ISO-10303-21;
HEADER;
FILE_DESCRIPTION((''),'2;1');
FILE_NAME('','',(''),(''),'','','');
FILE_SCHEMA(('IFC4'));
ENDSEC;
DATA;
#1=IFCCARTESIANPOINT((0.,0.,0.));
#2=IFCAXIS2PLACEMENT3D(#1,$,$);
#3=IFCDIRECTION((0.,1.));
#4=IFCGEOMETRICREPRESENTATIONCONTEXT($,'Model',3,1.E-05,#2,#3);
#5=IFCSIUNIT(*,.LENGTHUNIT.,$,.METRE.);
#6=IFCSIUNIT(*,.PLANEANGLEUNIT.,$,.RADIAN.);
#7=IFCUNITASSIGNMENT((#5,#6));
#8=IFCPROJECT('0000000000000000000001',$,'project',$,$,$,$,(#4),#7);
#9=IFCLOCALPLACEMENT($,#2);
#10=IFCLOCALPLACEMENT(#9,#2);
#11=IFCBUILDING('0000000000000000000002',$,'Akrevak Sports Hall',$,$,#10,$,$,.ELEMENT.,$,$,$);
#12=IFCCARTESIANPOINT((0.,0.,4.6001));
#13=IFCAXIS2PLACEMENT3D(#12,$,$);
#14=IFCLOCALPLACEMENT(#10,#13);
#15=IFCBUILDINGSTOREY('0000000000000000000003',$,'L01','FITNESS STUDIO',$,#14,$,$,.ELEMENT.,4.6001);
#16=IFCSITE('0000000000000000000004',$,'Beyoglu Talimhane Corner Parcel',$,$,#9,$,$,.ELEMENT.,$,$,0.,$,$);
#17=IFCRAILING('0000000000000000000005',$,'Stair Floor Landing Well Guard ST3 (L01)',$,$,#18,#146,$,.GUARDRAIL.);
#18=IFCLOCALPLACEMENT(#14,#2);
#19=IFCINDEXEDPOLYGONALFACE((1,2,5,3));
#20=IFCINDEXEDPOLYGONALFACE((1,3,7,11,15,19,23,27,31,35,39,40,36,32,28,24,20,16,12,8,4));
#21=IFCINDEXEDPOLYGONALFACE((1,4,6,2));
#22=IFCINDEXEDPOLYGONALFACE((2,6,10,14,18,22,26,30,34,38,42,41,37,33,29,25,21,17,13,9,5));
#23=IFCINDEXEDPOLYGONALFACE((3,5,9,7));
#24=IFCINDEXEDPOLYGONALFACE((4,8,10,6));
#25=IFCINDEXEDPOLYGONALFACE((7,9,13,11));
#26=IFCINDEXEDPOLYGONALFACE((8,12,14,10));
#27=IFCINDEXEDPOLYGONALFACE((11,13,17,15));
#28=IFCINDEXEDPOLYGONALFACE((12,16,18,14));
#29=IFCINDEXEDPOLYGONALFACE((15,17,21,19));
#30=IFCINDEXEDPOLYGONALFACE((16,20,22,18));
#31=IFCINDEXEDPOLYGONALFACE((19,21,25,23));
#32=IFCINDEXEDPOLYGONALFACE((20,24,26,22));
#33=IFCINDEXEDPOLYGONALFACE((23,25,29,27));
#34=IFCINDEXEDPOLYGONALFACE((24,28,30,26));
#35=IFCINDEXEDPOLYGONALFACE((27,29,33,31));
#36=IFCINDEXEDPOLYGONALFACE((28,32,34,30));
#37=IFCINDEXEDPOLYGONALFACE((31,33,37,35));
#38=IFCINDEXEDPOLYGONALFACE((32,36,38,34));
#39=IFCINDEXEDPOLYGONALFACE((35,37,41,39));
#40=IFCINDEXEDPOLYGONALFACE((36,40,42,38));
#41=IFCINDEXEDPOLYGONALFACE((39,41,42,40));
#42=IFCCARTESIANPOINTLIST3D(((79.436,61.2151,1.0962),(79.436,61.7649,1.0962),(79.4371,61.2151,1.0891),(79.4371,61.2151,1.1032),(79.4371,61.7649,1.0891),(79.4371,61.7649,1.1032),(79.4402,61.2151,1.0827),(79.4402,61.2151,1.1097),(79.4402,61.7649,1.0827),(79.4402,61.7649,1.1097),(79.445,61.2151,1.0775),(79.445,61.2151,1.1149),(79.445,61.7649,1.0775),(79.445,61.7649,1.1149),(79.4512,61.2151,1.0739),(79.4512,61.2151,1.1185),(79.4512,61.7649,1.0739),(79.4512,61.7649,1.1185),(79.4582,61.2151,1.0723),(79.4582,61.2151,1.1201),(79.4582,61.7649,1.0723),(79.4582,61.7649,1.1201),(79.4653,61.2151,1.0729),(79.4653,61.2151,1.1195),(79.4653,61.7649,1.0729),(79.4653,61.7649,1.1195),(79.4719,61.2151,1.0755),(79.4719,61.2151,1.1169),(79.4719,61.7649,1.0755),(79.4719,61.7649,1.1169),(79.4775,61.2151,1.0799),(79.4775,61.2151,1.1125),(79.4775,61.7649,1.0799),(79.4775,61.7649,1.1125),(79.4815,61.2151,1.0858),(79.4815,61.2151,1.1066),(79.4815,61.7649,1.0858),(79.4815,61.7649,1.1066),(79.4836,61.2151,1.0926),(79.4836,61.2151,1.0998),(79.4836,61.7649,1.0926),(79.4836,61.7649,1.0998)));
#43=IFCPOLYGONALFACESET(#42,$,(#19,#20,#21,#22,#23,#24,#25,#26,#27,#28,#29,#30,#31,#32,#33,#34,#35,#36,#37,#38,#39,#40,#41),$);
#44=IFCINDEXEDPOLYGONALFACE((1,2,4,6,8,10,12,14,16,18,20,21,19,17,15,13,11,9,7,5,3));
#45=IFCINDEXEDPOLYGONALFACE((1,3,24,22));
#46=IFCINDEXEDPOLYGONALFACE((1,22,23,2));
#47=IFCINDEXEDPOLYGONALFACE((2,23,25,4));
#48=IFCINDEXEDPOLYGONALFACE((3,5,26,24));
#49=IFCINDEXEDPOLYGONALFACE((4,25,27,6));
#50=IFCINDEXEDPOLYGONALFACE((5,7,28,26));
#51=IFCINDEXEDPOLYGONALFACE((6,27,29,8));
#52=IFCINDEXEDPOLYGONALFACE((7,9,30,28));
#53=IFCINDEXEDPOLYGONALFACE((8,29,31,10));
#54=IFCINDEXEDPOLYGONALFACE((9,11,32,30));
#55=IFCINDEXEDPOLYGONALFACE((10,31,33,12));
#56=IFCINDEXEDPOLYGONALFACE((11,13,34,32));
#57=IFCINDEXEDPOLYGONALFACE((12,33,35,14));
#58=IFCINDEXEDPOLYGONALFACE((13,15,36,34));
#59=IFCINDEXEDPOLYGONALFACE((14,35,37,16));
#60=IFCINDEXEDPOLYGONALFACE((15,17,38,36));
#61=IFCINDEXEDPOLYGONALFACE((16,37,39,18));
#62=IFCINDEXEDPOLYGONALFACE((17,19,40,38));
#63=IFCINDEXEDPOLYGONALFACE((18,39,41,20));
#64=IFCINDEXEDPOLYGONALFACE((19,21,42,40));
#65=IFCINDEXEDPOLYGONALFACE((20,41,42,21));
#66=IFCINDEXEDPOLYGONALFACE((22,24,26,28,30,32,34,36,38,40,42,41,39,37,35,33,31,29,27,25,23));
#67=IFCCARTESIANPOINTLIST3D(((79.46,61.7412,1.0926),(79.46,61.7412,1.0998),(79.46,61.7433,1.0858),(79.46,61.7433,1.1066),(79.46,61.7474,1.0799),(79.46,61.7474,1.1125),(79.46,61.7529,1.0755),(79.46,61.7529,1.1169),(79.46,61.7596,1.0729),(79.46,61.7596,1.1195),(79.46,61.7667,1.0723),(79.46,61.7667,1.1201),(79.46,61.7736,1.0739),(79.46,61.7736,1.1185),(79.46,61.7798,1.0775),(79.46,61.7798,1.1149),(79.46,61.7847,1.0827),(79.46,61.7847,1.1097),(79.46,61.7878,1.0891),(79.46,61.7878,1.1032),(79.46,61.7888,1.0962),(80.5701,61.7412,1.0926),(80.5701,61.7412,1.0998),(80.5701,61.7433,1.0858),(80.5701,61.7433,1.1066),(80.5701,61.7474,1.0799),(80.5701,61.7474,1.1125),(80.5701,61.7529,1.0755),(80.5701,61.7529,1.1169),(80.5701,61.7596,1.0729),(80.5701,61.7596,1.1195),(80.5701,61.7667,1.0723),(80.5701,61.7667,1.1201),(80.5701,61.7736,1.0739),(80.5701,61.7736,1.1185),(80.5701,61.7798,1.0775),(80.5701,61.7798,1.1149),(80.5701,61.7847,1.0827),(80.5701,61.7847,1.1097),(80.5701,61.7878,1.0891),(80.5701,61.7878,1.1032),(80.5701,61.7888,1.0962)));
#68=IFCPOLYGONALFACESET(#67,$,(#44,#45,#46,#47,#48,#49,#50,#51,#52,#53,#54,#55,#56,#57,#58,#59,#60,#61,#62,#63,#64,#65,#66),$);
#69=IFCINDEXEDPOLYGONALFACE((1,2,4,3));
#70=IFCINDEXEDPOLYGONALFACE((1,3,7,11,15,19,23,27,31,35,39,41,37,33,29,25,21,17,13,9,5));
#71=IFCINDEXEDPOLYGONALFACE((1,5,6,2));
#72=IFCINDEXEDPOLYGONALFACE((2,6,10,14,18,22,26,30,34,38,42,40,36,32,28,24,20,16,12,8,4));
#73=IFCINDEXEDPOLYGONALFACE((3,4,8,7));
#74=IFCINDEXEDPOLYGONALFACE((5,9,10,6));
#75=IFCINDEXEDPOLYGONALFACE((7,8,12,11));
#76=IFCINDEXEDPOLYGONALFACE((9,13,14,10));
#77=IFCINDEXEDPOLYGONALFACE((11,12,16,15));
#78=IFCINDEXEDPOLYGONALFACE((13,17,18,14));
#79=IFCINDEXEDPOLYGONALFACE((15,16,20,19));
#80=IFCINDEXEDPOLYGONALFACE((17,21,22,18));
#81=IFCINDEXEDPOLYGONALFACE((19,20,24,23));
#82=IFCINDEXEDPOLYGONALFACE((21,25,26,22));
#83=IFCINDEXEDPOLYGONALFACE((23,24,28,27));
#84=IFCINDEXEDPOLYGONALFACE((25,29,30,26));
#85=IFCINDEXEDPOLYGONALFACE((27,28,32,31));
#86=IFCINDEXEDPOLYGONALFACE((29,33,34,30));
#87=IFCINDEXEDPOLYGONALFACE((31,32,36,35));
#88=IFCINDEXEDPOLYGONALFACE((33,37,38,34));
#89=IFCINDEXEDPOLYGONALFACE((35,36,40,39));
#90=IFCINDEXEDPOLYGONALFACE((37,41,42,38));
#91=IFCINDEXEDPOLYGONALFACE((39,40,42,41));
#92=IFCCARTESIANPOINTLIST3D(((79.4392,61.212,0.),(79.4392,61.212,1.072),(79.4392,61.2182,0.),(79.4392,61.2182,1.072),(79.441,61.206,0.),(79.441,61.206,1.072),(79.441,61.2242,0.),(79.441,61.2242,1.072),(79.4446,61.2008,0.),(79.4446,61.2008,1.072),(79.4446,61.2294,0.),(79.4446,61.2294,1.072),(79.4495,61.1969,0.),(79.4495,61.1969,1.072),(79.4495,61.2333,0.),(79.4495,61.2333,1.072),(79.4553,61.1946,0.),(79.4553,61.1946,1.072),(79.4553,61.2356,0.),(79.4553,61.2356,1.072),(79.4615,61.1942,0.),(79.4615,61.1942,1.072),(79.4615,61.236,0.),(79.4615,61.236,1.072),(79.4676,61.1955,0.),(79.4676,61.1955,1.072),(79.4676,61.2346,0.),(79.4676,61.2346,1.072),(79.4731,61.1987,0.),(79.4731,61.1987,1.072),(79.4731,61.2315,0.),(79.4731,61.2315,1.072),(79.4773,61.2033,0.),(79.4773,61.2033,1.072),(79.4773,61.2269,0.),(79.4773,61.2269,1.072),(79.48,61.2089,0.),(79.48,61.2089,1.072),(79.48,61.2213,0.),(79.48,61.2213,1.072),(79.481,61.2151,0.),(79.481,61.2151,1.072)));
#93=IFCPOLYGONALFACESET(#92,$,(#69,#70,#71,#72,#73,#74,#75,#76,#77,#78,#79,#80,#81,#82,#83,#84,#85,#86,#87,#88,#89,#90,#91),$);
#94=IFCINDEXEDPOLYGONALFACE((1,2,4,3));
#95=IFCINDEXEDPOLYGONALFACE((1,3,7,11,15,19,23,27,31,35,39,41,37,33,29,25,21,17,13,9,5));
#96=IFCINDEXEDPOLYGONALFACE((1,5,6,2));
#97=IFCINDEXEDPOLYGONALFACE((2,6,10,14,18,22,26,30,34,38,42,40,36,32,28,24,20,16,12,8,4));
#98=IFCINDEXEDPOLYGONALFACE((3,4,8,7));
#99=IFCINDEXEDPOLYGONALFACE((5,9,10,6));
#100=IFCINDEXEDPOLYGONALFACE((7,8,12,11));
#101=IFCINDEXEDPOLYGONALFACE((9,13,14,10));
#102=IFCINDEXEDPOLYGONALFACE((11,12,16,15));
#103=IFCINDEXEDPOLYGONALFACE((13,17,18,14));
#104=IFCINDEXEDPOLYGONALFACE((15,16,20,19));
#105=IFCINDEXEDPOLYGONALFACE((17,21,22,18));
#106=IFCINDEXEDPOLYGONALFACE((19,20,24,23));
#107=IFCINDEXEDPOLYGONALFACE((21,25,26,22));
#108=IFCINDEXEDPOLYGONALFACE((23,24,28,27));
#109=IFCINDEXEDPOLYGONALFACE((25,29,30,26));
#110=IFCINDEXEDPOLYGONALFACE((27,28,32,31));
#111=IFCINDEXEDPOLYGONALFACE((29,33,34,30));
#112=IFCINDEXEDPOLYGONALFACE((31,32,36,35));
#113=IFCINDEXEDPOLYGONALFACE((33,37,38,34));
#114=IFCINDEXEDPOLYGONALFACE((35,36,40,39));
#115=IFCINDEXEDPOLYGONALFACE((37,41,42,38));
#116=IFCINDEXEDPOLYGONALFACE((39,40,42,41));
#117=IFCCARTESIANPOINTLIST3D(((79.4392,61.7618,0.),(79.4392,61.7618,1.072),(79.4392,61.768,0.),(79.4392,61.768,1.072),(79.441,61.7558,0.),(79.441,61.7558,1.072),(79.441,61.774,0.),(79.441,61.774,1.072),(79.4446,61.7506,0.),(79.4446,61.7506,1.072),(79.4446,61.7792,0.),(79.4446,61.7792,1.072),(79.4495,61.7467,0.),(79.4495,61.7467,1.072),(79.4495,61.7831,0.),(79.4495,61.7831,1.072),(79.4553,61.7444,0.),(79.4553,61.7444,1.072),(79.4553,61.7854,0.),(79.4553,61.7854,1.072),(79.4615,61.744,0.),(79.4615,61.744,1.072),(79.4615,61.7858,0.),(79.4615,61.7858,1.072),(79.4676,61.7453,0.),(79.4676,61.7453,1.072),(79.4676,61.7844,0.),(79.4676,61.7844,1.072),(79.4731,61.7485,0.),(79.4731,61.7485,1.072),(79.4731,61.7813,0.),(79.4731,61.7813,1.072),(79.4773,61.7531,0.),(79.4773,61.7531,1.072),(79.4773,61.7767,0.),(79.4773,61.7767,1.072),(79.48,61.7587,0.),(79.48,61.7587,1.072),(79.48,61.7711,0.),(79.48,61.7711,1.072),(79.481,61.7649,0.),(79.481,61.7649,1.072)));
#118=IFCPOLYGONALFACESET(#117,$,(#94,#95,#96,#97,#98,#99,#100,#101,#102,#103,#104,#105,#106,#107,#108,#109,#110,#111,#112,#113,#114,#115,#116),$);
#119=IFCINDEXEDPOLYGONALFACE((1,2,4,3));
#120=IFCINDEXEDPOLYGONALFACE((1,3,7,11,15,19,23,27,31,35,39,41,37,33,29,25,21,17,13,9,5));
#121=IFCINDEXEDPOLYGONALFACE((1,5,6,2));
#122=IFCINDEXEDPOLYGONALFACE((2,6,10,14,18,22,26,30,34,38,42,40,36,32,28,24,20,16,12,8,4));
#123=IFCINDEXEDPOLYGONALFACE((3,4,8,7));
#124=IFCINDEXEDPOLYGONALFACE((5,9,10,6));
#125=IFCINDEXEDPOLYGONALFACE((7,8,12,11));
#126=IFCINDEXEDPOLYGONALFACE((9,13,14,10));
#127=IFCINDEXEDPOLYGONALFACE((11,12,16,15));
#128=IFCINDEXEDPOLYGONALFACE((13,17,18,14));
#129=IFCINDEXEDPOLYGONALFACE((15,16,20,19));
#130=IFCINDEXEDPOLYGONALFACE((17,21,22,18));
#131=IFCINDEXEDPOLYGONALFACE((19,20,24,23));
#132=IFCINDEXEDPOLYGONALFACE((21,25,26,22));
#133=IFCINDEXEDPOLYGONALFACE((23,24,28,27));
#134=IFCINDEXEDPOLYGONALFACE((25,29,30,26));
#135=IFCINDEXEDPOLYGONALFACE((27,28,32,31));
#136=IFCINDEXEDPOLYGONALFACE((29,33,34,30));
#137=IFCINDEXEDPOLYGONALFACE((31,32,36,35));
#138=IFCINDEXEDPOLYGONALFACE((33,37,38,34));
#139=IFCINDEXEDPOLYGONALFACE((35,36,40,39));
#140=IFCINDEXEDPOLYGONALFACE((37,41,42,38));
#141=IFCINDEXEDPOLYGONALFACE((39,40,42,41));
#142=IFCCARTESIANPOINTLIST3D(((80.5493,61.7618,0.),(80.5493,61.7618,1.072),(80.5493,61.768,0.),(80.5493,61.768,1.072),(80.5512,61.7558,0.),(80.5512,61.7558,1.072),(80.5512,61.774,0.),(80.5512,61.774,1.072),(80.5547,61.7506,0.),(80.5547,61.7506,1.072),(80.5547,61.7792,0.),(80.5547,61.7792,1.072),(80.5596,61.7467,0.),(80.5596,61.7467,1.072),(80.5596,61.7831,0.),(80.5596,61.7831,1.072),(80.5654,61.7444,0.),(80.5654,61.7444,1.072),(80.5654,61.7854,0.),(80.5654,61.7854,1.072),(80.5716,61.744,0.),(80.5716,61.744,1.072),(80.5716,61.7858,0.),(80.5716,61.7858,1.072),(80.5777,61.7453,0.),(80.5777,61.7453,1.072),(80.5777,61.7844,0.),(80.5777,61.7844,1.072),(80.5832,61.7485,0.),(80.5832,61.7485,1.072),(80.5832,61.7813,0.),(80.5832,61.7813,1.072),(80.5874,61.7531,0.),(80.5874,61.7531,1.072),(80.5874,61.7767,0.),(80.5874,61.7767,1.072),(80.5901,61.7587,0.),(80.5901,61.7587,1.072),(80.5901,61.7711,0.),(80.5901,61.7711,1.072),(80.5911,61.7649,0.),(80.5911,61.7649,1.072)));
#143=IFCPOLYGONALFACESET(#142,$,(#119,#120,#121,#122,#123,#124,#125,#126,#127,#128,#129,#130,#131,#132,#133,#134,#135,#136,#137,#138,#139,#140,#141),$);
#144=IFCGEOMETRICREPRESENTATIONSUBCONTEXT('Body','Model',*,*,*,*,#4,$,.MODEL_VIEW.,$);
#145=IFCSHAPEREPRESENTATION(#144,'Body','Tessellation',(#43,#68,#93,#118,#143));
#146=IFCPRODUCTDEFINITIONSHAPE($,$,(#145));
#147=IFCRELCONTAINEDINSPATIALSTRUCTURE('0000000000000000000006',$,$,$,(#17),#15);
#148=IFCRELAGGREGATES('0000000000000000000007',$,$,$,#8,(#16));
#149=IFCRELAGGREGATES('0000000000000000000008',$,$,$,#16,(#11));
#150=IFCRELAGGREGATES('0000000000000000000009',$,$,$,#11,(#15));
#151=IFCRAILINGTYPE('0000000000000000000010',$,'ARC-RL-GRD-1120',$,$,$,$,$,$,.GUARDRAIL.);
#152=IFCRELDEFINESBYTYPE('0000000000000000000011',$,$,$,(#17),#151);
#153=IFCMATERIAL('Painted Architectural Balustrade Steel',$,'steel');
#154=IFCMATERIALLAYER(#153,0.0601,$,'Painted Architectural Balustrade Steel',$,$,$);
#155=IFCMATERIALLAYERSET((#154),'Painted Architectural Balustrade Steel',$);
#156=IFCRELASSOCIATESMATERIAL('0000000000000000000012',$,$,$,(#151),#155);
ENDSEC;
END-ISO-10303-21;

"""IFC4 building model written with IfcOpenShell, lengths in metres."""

from ifc_helpers import new_model, si_unit, direction, frame, origin, origin_2d, place, context, subcontext, project, spatial, circle, extrude, material, layer, layer_set, type_object, element, save


model = new_model("IFC4")

# Units and contexts
model_context = context("Model", 3, precision=1e-05, world=origin(), true_north=direction((0.0, 1.0)))
body_context = subcontext(model_context, "Body", "Model", "MODEL_VIEW")
ifc_project = project(units=[si_unit("LENGTHUNIT", "METRE"), si_unit("PLANEANGLEUNIT", "RADIAN")], contexts=[model_context])

# Site, building, storey
site_placement = place(None, origin())
site = spatial("IfcSite", under=ifc_project, at=site_placement, Name="Beyoglu Talimhane Corner Parcel", CompositionType="ELEMENT", RefElevation=0.0)
building_placement = place(site_placement, origin())
building = spatial("IfcBuilding", under=site, at=building_placement, Name="Akrevak Sports Hall", CompositionType="ELEMENT")
storey_placement = place(building_placement, frame((0.0, 0.0, 4.6001)))
storey = spatial("IfcBuildingStorey", under=building, at=storey_placement, Name="L01", Description="FITNESS STUDIO", CompositionType="ELEMENT", Elevation=4.6001)

# Railing
ifc_material_1 = material(Name="Painted Architectural Balustrade Steel", Category="steel")
ifc_layer_1 = layer(ifc_material_1, 0.0601, Name="Painted Architectural Balustrade Steel")
ifc_layer_set_1 = layer_set([ifc_layer_1], Name="Painted Architectural Balustrade Steel")
railing_type_1 = type_object("IfcRailingType", Name="ARC-RL-GRD-1120", PredefinedType="GUARDRAIL", material=ifc_layer_set_1)
railing_1_placement = place(storey_placement, frame((79.46, 61.2151, 0.0)))
element("IfcRailing", 1, at=railing_1_placement, inside=storey, type_object=railing_type_1, Name="Stair Floor Landing Well Guard ST3 (L01)", PredefinedType="GUARDRAIL", context=body_context, shape_type="SweptSolid", body=[
    extrude(circle(Radius=0.0239, at=origin_2d()), frame((0.0, 0.0, 1.0962), z_axis=(0.0, 1.0, 0.0), x_axis=(-1.0, 0.0, 0.0)), (0.0, 0.0, 1.0), 0.5498),
    extrude(circle(Radius=0.0239, at=origin_2d()), frame((0.0, 0.5498, 1.0962), z_axis=(1.0, 0.0, 0.0), x_axis=(0.0, 1.0, 0.0)), (0.0, 0.0, 1.0), 1.1101),
    extrude(circle(Radius=0.021, at=origin_2d()), origin(), (0.0, 0.0, 1.0), 1.072),
    extrude(circle(Radius=0.021, at=origin_2d()), frame((0.0, 0.5498, 0.0)), (0.0, 0.0, 1.0), 1.072),
    extrude(circle(Radius=0.021, at=origin_2d()), frame((1.1101, 0.5498, 0.0)), (0.0, 0.0, 1.0), 1.072),
])

save(model, "model.ifc")
